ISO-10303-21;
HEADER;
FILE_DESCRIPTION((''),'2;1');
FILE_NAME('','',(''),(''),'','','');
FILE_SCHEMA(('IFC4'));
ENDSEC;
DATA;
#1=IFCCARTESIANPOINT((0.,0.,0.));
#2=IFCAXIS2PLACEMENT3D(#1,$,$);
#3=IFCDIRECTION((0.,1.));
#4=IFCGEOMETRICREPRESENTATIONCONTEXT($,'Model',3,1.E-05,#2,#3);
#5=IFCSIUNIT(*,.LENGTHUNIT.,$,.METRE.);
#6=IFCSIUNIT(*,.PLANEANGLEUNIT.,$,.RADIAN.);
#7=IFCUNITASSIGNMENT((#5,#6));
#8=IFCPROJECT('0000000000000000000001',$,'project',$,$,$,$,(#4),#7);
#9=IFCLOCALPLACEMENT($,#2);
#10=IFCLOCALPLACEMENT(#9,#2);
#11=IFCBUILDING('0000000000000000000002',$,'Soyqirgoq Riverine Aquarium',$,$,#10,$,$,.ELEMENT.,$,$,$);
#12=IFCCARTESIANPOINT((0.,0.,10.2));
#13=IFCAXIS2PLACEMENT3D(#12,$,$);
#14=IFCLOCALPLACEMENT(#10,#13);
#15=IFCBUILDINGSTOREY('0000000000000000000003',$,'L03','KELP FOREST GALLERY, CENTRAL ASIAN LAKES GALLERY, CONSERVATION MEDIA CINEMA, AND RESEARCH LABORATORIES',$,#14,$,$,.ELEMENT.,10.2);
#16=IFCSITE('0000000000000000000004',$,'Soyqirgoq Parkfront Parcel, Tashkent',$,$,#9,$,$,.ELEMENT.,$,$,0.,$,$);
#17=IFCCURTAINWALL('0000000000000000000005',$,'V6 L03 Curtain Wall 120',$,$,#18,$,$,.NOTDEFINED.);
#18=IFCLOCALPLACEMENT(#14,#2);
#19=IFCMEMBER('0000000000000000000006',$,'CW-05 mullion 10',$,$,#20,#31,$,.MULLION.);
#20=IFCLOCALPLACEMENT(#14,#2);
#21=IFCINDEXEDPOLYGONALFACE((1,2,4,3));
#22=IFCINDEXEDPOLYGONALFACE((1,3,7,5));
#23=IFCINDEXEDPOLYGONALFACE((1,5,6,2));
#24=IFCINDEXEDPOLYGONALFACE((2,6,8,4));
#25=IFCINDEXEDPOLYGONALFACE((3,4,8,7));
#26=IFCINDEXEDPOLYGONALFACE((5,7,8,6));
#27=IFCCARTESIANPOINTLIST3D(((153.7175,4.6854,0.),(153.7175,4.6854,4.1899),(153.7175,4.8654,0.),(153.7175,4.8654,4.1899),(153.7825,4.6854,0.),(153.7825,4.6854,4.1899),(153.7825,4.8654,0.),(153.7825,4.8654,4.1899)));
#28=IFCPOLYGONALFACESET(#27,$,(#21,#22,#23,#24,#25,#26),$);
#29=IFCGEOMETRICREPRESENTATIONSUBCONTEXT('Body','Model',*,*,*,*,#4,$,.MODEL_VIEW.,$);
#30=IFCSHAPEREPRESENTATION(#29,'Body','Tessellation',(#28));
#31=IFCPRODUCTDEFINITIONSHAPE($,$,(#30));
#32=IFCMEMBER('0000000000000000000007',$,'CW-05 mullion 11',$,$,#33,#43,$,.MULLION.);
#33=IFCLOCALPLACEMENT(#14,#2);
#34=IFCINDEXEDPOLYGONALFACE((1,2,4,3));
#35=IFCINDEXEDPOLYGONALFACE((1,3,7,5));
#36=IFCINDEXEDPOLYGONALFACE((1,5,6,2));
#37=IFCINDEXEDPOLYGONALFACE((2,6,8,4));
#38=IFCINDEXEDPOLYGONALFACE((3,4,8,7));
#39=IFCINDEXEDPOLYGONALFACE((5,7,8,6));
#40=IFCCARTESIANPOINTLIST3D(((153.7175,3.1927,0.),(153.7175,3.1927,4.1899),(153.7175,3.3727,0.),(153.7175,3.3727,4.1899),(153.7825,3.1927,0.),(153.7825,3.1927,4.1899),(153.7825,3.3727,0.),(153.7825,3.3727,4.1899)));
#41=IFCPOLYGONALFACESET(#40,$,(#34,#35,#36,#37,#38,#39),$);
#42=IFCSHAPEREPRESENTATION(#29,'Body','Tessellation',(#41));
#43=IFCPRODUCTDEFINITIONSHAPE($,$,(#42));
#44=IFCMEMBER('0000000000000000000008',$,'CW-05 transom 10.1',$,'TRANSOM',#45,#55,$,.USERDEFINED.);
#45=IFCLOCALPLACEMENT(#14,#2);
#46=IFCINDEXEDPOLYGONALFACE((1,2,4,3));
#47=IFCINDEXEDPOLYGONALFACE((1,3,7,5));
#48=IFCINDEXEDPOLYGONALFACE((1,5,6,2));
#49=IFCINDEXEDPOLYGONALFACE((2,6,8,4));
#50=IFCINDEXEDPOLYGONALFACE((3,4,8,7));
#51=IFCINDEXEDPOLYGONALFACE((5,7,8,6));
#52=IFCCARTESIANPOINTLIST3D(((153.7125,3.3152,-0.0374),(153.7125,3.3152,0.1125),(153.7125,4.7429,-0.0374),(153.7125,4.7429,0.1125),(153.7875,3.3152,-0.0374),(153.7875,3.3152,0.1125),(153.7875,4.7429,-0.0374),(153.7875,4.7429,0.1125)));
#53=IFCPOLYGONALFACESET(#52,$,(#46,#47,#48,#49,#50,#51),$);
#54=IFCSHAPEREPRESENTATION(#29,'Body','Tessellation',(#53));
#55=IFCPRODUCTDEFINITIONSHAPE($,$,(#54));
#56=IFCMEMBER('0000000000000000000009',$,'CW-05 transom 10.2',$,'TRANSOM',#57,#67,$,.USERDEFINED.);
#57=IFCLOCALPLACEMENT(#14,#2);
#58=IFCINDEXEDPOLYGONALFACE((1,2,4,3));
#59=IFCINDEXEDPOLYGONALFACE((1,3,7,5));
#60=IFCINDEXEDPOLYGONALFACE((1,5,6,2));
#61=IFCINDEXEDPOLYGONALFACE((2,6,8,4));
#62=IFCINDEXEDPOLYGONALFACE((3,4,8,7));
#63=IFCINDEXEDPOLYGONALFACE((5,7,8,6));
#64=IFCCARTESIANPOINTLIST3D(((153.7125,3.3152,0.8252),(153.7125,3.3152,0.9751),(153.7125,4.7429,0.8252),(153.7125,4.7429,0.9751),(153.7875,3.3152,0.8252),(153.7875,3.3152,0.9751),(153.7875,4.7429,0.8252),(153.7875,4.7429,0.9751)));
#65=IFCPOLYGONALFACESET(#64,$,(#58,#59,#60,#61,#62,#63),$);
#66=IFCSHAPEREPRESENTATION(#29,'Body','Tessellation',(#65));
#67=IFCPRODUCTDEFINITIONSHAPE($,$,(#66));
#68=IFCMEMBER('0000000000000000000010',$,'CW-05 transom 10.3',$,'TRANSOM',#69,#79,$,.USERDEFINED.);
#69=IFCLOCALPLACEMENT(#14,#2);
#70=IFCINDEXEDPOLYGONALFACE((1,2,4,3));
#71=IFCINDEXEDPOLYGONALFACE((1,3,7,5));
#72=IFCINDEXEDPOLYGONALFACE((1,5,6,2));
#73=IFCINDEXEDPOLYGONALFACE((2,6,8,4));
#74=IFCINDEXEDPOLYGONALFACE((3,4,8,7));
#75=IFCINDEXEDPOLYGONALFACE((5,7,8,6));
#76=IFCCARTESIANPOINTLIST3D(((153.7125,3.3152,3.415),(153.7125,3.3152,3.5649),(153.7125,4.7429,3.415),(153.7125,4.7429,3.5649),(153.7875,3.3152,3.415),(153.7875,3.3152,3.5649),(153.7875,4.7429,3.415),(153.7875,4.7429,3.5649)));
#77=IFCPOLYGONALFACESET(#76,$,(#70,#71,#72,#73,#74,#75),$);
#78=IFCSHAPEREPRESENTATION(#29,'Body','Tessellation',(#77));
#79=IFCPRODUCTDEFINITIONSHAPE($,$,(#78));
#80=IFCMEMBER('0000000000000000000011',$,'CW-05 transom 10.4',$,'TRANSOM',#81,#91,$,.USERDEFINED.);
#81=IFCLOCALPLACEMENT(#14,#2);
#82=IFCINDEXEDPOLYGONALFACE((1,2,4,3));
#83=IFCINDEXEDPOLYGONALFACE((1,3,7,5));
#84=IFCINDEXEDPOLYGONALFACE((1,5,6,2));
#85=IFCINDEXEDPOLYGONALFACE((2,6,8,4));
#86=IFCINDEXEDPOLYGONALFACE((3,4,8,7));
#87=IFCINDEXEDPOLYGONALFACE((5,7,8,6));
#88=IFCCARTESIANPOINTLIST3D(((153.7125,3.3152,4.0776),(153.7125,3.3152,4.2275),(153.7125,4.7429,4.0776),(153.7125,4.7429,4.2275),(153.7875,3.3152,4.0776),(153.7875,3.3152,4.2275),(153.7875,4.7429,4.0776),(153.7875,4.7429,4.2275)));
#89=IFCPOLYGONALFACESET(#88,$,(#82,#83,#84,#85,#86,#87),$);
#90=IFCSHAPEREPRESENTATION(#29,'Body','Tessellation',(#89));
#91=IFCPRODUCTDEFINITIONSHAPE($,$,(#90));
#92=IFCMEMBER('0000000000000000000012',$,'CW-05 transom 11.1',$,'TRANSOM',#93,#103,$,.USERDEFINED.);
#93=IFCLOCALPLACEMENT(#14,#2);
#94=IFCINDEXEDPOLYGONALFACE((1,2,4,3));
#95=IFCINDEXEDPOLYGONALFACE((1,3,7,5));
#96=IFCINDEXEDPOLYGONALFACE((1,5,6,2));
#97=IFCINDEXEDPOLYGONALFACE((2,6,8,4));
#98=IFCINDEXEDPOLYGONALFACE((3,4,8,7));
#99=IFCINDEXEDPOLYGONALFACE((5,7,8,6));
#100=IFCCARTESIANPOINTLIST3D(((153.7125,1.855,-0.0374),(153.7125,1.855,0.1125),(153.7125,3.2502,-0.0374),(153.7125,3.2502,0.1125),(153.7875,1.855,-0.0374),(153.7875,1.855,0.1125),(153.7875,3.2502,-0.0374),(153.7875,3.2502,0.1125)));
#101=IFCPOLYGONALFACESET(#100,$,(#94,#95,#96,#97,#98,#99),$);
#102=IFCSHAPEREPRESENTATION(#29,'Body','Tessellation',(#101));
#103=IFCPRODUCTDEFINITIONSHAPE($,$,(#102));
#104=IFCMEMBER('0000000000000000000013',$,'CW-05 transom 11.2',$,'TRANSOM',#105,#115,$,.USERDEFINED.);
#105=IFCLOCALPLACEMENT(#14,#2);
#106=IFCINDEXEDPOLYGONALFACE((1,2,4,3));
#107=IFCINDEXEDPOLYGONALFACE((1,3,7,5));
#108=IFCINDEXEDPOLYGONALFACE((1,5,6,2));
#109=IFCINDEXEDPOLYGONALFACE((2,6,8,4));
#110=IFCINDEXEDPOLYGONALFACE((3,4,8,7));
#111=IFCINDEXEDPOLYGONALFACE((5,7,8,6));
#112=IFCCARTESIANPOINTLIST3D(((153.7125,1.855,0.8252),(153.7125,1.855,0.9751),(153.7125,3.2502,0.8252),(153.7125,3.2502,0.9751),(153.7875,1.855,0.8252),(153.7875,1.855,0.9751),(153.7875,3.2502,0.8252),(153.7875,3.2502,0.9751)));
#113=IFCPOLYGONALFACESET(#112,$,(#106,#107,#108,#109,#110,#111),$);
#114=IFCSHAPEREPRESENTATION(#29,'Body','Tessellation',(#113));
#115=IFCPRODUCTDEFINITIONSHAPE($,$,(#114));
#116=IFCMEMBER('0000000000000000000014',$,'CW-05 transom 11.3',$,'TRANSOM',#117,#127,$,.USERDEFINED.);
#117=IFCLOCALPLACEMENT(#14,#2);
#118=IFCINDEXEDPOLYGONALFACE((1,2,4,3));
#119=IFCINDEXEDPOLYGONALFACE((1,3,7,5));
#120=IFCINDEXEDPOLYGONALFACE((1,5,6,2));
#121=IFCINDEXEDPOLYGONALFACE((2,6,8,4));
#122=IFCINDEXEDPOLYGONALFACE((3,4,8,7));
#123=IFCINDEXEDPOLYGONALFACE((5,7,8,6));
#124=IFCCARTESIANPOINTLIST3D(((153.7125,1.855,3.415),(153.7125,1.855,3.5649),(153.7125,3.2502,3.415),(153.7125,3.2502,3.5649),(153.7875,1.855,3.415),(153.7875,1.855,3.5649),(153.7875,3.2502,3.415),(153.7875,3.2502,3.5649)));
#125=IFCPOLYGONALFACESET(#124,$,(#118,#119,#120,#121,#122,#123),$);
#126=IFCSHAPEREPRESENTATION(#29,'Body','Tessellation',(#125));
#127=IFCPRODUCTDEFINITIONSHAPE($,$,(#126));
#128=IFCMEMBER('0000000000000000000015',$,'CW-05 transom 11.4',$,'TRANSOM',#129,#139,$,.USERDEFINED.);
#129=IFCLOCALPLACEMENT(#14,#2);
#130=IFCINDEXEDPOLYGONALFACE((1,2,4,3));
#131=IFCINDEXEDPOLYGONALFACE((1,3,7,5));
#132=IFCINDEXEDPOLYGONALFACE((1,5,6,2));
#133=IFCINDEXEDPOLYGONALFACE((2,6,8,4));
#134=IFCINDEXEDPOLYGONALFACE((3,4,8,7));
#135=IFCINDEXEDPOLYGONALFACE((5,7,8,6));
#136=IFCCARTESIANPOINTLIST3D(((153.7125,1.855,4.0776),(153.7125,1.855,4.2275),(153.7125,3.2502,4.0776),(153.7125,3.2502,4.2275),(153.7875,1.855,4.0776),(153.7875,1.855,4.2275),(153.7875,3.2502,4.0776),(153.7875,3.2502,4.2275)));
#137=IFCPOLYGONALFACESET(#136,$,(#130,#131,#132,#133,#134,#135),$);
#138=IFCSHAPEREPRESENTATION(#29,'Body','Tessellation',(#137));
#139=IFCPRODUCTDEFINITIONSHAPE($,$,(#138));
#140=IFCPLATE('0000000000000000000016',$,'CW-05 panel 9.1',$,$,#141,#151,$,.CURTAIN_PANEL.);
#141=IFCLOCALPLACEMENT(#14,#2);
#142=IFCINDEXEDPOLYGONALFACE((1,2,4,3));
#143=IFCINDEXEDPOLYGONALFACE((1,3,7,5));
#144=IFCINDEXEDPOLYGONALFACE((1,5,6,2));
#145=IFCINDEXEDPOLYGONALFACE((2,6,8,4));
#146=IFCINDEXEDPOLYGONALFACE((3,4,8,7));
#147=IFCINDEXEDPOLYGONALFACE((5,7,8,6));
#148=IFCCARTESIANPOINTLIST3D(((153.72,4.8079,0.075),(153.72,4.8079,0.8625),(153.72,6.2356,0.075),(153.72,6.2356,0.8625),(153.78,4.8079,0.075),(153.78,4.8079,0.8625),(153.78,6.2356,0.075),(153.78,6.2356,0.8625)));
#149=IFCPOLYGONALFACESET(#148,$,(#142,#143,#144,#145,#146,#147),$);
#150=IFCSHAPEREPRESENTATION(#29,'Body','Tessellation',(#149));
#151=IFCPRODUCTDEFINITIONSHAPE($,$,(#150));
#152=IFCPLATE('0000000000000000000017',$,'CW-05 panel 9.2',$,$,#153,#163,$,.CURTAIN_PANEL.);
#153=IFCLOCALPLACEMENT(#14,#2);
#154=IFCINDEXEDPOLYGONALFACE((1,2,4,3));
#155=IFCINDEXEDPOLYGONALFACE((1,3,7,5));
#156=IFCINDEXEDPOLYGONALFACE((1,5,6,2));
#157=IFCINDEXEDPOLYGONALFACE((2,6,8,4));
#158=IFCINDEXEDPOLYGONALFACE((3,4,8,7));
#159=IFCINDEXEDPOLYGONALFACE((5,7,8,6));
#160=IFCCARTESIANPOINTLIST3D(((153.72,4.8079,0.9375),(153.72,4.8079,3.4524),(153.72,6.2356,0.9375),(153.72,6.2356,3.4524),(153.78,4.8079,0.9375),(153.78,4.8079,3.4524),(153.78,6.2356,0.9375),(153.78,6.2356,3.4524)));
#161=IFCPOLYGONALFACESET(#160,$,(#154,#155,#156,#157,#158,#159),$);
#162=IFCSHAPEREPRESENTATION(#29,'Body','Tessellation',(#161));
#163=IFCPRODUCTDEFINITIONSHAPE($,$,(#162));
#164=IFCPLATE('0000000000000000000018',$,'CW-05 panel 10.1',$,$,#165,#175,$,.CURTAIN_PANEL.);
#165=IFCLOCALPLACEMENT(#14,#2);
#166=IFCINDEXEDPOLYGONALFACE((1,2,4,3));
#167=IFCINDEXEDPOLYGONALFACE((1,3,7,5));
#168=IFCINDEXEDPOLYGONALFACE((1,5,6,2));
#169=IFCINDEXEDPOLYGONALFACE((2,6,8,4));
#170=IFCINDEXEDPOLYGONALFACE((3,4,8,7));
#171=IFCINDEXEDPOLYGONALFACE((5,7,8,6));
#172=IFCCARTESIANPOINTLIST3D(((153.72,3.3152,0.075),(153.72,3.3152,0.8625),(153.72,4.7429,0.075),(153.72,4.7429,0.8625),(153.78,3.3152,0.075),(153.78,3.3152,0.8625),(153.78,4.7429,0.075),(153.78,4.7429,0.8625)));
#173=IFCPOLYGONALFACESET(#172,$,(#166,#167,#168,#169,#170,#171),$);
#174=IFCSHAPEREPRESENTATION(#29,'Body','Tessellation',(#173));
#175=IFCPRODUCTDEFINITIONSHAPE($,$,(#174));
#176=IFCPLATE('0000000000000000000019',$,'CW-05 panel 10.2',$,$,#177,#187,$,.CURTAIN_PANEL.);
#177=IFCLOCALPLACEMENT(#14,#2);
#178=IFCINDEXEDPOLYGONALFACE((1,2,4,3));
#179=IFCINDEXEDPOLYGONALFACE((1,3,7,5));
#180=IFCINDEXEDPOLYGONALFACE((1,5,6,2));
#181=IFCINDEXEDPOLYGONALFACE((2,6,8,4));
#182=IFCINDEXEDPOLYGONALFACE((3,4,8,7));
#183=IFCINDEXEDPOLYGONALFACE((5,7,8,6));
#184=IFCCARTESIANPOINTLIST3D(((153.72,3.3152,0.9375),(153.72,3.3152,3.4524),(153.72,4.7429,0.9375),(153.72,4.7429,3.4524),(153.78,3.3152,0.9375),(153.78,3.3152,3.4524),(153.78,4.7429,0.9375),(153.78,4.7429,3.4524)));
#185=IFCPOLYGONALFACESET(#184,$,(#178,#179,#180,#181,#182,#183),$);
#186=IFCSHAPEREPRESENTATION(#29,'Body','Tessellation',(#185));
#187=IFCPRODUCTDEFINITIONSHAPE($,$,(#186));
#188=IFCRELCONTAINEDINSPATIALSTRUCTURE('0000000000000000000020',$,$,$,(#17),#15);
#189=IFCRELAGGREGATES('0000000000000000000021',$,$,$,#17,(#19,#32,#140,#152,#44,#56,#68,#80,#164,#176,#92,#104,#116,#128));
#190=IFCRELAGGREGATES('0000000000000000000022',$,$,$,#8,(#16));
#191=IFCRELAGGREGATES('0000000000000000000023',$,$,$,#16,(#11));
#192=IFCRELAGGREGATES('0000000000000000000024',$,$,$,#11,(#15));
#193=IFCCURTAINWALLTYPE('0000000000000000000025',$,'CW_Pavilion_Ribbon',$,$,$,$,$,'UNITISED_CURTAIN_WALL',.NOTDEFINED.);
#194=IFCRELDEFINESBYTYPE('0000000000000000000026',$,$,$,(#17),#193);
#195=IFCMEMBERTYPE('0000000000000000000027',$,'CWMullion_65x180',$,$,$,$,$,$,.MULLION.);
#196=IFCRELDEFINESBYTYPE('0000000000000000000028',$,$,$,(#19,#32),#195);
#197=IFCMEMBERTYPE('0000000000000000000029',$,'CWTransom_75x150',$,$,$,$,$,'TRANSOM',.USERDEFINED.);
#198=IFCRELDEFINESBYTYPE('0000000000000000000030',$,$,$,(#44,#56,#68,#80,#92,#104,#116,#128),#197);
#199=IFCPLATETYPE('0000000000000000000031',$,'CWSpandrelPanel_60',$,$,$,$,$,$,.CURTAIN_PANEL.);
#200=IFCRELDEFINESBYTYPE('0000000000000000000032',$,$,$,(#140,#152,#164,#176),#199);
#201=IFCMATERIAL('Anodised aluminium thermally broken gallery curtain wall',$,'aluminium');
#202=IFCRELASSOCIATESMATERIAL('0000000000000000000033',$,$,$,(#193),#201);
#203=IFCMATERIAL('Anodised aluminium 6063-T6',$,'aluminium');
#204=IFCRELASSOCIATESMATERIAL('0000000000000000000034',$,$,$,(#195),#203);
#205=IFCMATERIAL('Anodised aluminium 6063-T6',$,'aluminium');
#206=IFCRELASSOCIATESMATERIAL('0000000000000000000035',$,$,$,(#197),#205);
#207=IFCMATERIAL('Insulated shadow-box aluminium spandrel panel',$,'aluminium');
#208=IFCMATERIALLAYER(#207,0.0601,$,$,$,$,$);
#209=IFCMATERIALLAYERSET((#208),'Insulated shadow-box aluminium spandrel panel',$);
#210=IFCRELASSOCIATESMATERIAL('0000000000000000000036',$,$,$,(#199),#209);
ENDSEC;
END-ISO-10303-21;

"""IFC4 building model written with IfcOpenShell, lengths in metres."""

from ifc_helpers import new_model, si_unit, direction, frame, origin, origin_2d, place, context, subcontext, project, spatial, rectangle, extrude, material, layer, layer_set, material_profile, profile_set, type_object, element, aggregate, save


model = new_model("IFC4")

# Units and contexts
model_context = context("Model", 3, precision=1e-05, world=origin(), true_north=direction((0.0, 1.0)))
body_context = subcontext(model_context, "Body", "Model", "MODEL_VIEW")
ifc_project = project(units=[si_unit("LENGTHUNIT", "METRE"), si_unit("PLANEANGLEUNIT", "RADIAN")], contexts=[model_context])

# Site, building, storey
site_placement = place(None, origin())
site = spatial("IfcSite", under=ifc_project, at=site_placement, Name="Soyqirgoq Parkfront Parcel, Tashkent", CompositionType="ELEMENT", RefElevation=0.0)
building_placement = place(site_placement, origin())
building = spatial("IfcBuilding", under=site, at=building_placement, Name="Soyqirgoq Riverine Aquarium", CompositionType="ELEMENT")
storey_placement = place(building_placement, frame((0.0, 0.0, 10.2)))
storey = spatial("IfcBuildingStorey", under=building, at=storey_placement, Name="L03", Description="KELP FOREST GALLERY, CENTRAL ASIAN LAKES GALLERY, CONSERVATION MEDIA CINEMA, AND RESEARCH LABORATORIES", CompositionType="ELEMENT", Elevation=10.2)

# Curtain wall, members, plates
ifc_material_1 = material(Name="Anodised aluminium thermally broken gallery curtain wall", Category="aluminium")
curtain_wall_type = type_object("IfcCurtainWallType", Name="CW_Pavilion_Ribbon", ElementType="UNITISED_CURTAIN_WALL", PredefinedType="NOTDEFINED", material=ifc_material_1)
curtain_wall_placement = place(storey_placement, origin())
curtain_wall = element("IfcCurtainWall", 1, at=curtain_wall_placement, inside=storey, type_object=curtain_wall_type, Name="V6 L03 Curtain Wall 120", PredefinedType="NOTDEFINED")
ifc_material_2 = material(Name="Anodised aluminium 6063-T6", Category="aluminium")
ifc_material_profile_1 = material_profile(ifc_material_2, rectangle(XDim=0.0649, YDim=0.1799, at=origin_2d()), Name="ALU-M 65x180")
ifc_profile_set_1 = profile_set([ifc_material_profile_1], Name="Anodised aluminium 6063-T6")
member_type_1 = type_object("IfcMemberType", Name="CWMullion_65x180", PredefinedType="MULLION", material=ifc_profile_set_1)
member_1_placement = place(storey_placement, frame((153.75, 4.7754, 0.0), z_axis=(0.0, 0.0, 1.0), x_axis=(1.0, 0.0, 0.0)))
member_1 = element("IfcMember", 2, at=member_1_placement, type_object=member_type_1, Name="CW-05 mullion 10", PredefinedType="MULLION", context=body_context, shape_type="SweptSolid", body=[
    extrude(rectangle(XDim=0.0649, YDim=0.1799, at=origin_2d()), origin(), (0.0, 0.0, 1.0), 4.1899),
])
member_2_placement = place(storey_placement, frame((153.75, 3.2827, 0.0), z_axis=(0.0, 0.0, 1.0), x_axis=(1.0, 0.0, 0.0)))
member_2 = element("IfcMember", 3, at=member_2_placement, type_object=member_type_1, Name="CW-05 mullion 11", PredefinedType="MULLION", context=body_context, shape_type="SweptSolid", body=[
    extrude(rectangle(XDim=0.0649, YDim=0.1799, at=origin_2d()), origin(), (0.0, 0.0, 1.0), 4.1899),
])
ifc_material_3 = material(Name="Anodised aluminium 6063-T6", Category="aluminium")
ifc_material_profile_2 = material_profile(ifc_material_3, rectangle(XDim=0.075, YDim=0.1499, at=origin_2d()), Name="ALU-T 75x150")
ifc_profile_set_2 = profile_set([ifc_material_profile_2], Name="Anodised aluminium 6063-T6")
member_type_2 = type_object("IfcMemberType", Name="CWTransom_75x150", ElementType="TRANSOM", PredefinedType="USERDEFINED", material=ifc_profile_set_2)
member_3_placement = place(storey_placement, frame((153.75, 4.7429, 0.0376), z_axis=(0.0, -1.0, 0.0), x_axis=(1.0, 0.0, 0.0)))
member_3 = element("IfcMember", 4, at=member_3_placement, type_object=member_type_2, Name="CW-05 transom 10.1", ObjectType="TRANSOM", PredefinedType="USERDEFINED", context=body_context, shape_type="SweptSolid", body=[
    extrude(rectangle(XDim=0.075, YDim=0.1499, at=origin_2d()), origin(), (0.0, 0.0, 1.0), 1.4277),
])
member_4_placement = place(storey_placement, frame((153.75, 4.7429, 0.9001), z_axis=(0.0, -1.0, 0.0), x_axis=(1.0, 0.0, 0.0)))
member_4 = element("IfcMember", 5, at=member_4_placement, type_object=member_type_2, Name="CW-05 transom 10.2", ObjectType="TRANSOM", PredefinedType="USERDEFINED", context=body_context, shape_type="SweptSolid", body=[
    extrude(rectangle(XDim=0.075, YDim=0.1499, at=origin_2d()), origin(), (0.0, 0.0, 1.0), 1.4277),
])
member_5_placement = place(storey_placement, frame((153.75, 4.7429, 3.49), z_axis=(0.0, -1.0, 0.0), x_axis=(1.0, 0.0, 0.0)))
member_5 = element("IfcMember", 6, at=member_5_placement, type_object=member_type_2, Name="CW-05 transom 10.3", ObjectType="TRANSOM", PredefinedType="USERDEFINED", context=body_context, shape_type="SweptSolid", body=[
    extrude(rectangle(XDim=0.075, YDim=0.1499, at=origin_2d()), origin(), (0.0, 0.0, 1.0), 1.4277),
])
member_6_placement = place(storey_placement, frame((153.75, 4.7429, 4.1526), z_axis=(0.0, -1.0, 0.0), x_axis=(1.0, 0.0, 0.0)))
member_6 = element("IfcMember", 7, at=member_6_placement, type_object=member_type_2, Name="CW-05 transom 10.4", ObjectType="TRANSOM", PredefinedType="USERDEFINED", context=body_context, shape_type="SweptSolid", body=[
    extrude(rectangle(XDim=0.075, YDim=0.1499, at=origin_2d()), origin(), (0.0, 0.0, 1.0), 1.4277),
])
member_7_placement = place(storey_placement, frame((153.75, 3.2502, 0.0376), z_axis=(0.0, -1.0, 0.0), x_axis=(1.0, 0.0, 0.0)))
member_7 = element("IfcMember", 8, at=member_7_placement, type_object=member_type_2, Name="CW-05 transom 11.1", ObjectType="TRANSOM", PredefinedType="USERDEFINED", context=body_context, shape_type="SweptSolid", body=[
    extrude(rectangle(XDim=0.075, YDim=0.1499, at=origin_2d()), origin(), (0.0, 0.0, 1.0), 1.3953),
])
member_8_placement = place(storey_placement, frame((153.75, 3.2502, 0.9001), z_axis=(0.0, -1.0, 0.0), x_axis=(1.0, 0.0, 0.0)))
member_8 = element("IfcMember", 9, at=member_8_placement, type_object=member_type_2, Name="CW-05 transom 11.2", ObjectType="TRANSOM", PredefinedType="USERDEFINED", context=body_context, shape_type="SweptSolid", body=[
    extrude(rectangle(XDim=0.075, YDim=0.1499, at=origin_2d()), origin(), (0.0, 0.0, 1.0), 1.3953),
])
member_9_placement = place(storey_placement, frame((153.75, 3.2502, 3.49), z_axis=(0.0, -1.0, 0.0), x_axis=(1.0, 0.0, 0.0)))
member_9 = element("IfcMember", 10, at=member_9_placement, type_object=member_type_2, Name="CW-05 transom 11.3", ObjectType="TRANSOM", PredefinedType="USERDEFINED", context=body_context, shape_type="SweptSolid", body=[
    extrude(rectangle(XDim=0.075, YDim=0.1499, at=origin_2d()), origin(), (0.0, 0.0, 1.0), 1.3953),
])
member_10_placement = place(storey_placement, frame((153.75, 3.2502, 4.1526), z_axis=(0.0, -1.0, 0.0), x_axis=(1.0, 0.0, 0.0)))
member_10 = element("IfcMember", 11, at=member_10_placement, type_object=member_type_2, Name="CW-05 transom 11.4", ObjectType="TRANSOM", PredefinedType="USERDEFINED", context=body_context, shape_type="SweptSolid", body=[
    extrude(rectangle(XDim=0.075, YDim=0.1499, at=origin_2d()), origin(), (0.0, 0.0, 1.0), 1.3953),
])
ifc_material_4 = material(Name="Insulated shadow-box aluminium spandrel panel", Category="aluminium")
ifc_layer = layer(ifc_material_4, 0.0601)
ifc_layer_set = layer_set([ifc_layer], Name="Insulated shadow-box aluminium spandrel panel")
plate_type = type_object("IfcPlateType", Name="CWSpandrelPanel_60", PredefinedType="CURTAIN_PANEL", material=ifc_layer_set)
plate_1_placement = place(storey_placement, frame((153.75, 5.5217, 0.075), z_axis=(0.0, 0.0, 1.0), x_axis=(0.0, -1.0, 0.0)))
plate_1 = element("IfcPlate", 12, at=plate_1_placement, type_object=plate_type, Name="CW-05 panel 9.1", PredefinedType="CURTAIN_PANEL", context=body_context, shape_type="SweptSolid", body=[
    extrude(rectangle(XDim=1.4277, YDim=0.0601, at=origin_2d()), origin(), (0.0, 0.0, 1.0), 0.7876),
])
plate_2_placement = place(storey_placement, frame((153.75, 5.5217, 0.9375), z_axis=(0.0, 0.0, 1.0), x_axis=(0.0, -1.0, 0.0)))
plate_2 = element("IfcPlate", 13, at=plate_2_placement, type_object=plate_type, Name="CW-05 panel 9.2", PredefinedType="CURTAIN_PANEL", context=body_context, shape_type="SweptSolid", body=[
    extrude(rectangle(XDim=1.4277, YDim=0.0601, at=origin_2d()), origin(), (0.0, 0.0, 1.0), 2.5149),
])
plate_3_placement = place(storey_placement, frame((153.75, 4.0291, 0.075), z_axis=(0.0, 0.0, 1.0), x_axis=(0.0, -1.0, 0.0)))
plate_3 = element("IfcPlate", 14, at=plate_3_placement, type_object=plate_type, Name="CW-05 panel 10.1", PredefinedType="CURTAIN_PANEL", context=body_context, shape_type="SweptSolid", body=[
    extrude(rectangle(XDim=1.4277, YDim=0.0601, at=origin_2d()), origin(), (0.0, 0.0, 1.0), 0.7876),
])
plate_4_placement = place(storey_placement, frame((153.75, 4.0291, 0.9375), z_axis=(0.0, 0.0, 1.0), x_axis=(0.0, -1.0, 0.0)))
plate_4 = element("IfcPlate", 15, at=plate_4_placement, type_object=plate_type, Name="CW-05 panel 10.2", PredefinedType="CURTAIN_PANEL", context=body_context, shape_type="SweptSolid", body=[
    extrude(rectangle(XDim=1.4277, YDim=0.0601, at=origin_2d()), origin(), (0.0, 0.0, 1.0), 2.5149),
])
aggregate(curtain_wall, [member_1, member_2, plate_1, plate_2, member_3, member_4, member_5, member_6, plate_3, plate_4, member_7, member_8, member_9, member_10])

save(model, "model.ifc")
